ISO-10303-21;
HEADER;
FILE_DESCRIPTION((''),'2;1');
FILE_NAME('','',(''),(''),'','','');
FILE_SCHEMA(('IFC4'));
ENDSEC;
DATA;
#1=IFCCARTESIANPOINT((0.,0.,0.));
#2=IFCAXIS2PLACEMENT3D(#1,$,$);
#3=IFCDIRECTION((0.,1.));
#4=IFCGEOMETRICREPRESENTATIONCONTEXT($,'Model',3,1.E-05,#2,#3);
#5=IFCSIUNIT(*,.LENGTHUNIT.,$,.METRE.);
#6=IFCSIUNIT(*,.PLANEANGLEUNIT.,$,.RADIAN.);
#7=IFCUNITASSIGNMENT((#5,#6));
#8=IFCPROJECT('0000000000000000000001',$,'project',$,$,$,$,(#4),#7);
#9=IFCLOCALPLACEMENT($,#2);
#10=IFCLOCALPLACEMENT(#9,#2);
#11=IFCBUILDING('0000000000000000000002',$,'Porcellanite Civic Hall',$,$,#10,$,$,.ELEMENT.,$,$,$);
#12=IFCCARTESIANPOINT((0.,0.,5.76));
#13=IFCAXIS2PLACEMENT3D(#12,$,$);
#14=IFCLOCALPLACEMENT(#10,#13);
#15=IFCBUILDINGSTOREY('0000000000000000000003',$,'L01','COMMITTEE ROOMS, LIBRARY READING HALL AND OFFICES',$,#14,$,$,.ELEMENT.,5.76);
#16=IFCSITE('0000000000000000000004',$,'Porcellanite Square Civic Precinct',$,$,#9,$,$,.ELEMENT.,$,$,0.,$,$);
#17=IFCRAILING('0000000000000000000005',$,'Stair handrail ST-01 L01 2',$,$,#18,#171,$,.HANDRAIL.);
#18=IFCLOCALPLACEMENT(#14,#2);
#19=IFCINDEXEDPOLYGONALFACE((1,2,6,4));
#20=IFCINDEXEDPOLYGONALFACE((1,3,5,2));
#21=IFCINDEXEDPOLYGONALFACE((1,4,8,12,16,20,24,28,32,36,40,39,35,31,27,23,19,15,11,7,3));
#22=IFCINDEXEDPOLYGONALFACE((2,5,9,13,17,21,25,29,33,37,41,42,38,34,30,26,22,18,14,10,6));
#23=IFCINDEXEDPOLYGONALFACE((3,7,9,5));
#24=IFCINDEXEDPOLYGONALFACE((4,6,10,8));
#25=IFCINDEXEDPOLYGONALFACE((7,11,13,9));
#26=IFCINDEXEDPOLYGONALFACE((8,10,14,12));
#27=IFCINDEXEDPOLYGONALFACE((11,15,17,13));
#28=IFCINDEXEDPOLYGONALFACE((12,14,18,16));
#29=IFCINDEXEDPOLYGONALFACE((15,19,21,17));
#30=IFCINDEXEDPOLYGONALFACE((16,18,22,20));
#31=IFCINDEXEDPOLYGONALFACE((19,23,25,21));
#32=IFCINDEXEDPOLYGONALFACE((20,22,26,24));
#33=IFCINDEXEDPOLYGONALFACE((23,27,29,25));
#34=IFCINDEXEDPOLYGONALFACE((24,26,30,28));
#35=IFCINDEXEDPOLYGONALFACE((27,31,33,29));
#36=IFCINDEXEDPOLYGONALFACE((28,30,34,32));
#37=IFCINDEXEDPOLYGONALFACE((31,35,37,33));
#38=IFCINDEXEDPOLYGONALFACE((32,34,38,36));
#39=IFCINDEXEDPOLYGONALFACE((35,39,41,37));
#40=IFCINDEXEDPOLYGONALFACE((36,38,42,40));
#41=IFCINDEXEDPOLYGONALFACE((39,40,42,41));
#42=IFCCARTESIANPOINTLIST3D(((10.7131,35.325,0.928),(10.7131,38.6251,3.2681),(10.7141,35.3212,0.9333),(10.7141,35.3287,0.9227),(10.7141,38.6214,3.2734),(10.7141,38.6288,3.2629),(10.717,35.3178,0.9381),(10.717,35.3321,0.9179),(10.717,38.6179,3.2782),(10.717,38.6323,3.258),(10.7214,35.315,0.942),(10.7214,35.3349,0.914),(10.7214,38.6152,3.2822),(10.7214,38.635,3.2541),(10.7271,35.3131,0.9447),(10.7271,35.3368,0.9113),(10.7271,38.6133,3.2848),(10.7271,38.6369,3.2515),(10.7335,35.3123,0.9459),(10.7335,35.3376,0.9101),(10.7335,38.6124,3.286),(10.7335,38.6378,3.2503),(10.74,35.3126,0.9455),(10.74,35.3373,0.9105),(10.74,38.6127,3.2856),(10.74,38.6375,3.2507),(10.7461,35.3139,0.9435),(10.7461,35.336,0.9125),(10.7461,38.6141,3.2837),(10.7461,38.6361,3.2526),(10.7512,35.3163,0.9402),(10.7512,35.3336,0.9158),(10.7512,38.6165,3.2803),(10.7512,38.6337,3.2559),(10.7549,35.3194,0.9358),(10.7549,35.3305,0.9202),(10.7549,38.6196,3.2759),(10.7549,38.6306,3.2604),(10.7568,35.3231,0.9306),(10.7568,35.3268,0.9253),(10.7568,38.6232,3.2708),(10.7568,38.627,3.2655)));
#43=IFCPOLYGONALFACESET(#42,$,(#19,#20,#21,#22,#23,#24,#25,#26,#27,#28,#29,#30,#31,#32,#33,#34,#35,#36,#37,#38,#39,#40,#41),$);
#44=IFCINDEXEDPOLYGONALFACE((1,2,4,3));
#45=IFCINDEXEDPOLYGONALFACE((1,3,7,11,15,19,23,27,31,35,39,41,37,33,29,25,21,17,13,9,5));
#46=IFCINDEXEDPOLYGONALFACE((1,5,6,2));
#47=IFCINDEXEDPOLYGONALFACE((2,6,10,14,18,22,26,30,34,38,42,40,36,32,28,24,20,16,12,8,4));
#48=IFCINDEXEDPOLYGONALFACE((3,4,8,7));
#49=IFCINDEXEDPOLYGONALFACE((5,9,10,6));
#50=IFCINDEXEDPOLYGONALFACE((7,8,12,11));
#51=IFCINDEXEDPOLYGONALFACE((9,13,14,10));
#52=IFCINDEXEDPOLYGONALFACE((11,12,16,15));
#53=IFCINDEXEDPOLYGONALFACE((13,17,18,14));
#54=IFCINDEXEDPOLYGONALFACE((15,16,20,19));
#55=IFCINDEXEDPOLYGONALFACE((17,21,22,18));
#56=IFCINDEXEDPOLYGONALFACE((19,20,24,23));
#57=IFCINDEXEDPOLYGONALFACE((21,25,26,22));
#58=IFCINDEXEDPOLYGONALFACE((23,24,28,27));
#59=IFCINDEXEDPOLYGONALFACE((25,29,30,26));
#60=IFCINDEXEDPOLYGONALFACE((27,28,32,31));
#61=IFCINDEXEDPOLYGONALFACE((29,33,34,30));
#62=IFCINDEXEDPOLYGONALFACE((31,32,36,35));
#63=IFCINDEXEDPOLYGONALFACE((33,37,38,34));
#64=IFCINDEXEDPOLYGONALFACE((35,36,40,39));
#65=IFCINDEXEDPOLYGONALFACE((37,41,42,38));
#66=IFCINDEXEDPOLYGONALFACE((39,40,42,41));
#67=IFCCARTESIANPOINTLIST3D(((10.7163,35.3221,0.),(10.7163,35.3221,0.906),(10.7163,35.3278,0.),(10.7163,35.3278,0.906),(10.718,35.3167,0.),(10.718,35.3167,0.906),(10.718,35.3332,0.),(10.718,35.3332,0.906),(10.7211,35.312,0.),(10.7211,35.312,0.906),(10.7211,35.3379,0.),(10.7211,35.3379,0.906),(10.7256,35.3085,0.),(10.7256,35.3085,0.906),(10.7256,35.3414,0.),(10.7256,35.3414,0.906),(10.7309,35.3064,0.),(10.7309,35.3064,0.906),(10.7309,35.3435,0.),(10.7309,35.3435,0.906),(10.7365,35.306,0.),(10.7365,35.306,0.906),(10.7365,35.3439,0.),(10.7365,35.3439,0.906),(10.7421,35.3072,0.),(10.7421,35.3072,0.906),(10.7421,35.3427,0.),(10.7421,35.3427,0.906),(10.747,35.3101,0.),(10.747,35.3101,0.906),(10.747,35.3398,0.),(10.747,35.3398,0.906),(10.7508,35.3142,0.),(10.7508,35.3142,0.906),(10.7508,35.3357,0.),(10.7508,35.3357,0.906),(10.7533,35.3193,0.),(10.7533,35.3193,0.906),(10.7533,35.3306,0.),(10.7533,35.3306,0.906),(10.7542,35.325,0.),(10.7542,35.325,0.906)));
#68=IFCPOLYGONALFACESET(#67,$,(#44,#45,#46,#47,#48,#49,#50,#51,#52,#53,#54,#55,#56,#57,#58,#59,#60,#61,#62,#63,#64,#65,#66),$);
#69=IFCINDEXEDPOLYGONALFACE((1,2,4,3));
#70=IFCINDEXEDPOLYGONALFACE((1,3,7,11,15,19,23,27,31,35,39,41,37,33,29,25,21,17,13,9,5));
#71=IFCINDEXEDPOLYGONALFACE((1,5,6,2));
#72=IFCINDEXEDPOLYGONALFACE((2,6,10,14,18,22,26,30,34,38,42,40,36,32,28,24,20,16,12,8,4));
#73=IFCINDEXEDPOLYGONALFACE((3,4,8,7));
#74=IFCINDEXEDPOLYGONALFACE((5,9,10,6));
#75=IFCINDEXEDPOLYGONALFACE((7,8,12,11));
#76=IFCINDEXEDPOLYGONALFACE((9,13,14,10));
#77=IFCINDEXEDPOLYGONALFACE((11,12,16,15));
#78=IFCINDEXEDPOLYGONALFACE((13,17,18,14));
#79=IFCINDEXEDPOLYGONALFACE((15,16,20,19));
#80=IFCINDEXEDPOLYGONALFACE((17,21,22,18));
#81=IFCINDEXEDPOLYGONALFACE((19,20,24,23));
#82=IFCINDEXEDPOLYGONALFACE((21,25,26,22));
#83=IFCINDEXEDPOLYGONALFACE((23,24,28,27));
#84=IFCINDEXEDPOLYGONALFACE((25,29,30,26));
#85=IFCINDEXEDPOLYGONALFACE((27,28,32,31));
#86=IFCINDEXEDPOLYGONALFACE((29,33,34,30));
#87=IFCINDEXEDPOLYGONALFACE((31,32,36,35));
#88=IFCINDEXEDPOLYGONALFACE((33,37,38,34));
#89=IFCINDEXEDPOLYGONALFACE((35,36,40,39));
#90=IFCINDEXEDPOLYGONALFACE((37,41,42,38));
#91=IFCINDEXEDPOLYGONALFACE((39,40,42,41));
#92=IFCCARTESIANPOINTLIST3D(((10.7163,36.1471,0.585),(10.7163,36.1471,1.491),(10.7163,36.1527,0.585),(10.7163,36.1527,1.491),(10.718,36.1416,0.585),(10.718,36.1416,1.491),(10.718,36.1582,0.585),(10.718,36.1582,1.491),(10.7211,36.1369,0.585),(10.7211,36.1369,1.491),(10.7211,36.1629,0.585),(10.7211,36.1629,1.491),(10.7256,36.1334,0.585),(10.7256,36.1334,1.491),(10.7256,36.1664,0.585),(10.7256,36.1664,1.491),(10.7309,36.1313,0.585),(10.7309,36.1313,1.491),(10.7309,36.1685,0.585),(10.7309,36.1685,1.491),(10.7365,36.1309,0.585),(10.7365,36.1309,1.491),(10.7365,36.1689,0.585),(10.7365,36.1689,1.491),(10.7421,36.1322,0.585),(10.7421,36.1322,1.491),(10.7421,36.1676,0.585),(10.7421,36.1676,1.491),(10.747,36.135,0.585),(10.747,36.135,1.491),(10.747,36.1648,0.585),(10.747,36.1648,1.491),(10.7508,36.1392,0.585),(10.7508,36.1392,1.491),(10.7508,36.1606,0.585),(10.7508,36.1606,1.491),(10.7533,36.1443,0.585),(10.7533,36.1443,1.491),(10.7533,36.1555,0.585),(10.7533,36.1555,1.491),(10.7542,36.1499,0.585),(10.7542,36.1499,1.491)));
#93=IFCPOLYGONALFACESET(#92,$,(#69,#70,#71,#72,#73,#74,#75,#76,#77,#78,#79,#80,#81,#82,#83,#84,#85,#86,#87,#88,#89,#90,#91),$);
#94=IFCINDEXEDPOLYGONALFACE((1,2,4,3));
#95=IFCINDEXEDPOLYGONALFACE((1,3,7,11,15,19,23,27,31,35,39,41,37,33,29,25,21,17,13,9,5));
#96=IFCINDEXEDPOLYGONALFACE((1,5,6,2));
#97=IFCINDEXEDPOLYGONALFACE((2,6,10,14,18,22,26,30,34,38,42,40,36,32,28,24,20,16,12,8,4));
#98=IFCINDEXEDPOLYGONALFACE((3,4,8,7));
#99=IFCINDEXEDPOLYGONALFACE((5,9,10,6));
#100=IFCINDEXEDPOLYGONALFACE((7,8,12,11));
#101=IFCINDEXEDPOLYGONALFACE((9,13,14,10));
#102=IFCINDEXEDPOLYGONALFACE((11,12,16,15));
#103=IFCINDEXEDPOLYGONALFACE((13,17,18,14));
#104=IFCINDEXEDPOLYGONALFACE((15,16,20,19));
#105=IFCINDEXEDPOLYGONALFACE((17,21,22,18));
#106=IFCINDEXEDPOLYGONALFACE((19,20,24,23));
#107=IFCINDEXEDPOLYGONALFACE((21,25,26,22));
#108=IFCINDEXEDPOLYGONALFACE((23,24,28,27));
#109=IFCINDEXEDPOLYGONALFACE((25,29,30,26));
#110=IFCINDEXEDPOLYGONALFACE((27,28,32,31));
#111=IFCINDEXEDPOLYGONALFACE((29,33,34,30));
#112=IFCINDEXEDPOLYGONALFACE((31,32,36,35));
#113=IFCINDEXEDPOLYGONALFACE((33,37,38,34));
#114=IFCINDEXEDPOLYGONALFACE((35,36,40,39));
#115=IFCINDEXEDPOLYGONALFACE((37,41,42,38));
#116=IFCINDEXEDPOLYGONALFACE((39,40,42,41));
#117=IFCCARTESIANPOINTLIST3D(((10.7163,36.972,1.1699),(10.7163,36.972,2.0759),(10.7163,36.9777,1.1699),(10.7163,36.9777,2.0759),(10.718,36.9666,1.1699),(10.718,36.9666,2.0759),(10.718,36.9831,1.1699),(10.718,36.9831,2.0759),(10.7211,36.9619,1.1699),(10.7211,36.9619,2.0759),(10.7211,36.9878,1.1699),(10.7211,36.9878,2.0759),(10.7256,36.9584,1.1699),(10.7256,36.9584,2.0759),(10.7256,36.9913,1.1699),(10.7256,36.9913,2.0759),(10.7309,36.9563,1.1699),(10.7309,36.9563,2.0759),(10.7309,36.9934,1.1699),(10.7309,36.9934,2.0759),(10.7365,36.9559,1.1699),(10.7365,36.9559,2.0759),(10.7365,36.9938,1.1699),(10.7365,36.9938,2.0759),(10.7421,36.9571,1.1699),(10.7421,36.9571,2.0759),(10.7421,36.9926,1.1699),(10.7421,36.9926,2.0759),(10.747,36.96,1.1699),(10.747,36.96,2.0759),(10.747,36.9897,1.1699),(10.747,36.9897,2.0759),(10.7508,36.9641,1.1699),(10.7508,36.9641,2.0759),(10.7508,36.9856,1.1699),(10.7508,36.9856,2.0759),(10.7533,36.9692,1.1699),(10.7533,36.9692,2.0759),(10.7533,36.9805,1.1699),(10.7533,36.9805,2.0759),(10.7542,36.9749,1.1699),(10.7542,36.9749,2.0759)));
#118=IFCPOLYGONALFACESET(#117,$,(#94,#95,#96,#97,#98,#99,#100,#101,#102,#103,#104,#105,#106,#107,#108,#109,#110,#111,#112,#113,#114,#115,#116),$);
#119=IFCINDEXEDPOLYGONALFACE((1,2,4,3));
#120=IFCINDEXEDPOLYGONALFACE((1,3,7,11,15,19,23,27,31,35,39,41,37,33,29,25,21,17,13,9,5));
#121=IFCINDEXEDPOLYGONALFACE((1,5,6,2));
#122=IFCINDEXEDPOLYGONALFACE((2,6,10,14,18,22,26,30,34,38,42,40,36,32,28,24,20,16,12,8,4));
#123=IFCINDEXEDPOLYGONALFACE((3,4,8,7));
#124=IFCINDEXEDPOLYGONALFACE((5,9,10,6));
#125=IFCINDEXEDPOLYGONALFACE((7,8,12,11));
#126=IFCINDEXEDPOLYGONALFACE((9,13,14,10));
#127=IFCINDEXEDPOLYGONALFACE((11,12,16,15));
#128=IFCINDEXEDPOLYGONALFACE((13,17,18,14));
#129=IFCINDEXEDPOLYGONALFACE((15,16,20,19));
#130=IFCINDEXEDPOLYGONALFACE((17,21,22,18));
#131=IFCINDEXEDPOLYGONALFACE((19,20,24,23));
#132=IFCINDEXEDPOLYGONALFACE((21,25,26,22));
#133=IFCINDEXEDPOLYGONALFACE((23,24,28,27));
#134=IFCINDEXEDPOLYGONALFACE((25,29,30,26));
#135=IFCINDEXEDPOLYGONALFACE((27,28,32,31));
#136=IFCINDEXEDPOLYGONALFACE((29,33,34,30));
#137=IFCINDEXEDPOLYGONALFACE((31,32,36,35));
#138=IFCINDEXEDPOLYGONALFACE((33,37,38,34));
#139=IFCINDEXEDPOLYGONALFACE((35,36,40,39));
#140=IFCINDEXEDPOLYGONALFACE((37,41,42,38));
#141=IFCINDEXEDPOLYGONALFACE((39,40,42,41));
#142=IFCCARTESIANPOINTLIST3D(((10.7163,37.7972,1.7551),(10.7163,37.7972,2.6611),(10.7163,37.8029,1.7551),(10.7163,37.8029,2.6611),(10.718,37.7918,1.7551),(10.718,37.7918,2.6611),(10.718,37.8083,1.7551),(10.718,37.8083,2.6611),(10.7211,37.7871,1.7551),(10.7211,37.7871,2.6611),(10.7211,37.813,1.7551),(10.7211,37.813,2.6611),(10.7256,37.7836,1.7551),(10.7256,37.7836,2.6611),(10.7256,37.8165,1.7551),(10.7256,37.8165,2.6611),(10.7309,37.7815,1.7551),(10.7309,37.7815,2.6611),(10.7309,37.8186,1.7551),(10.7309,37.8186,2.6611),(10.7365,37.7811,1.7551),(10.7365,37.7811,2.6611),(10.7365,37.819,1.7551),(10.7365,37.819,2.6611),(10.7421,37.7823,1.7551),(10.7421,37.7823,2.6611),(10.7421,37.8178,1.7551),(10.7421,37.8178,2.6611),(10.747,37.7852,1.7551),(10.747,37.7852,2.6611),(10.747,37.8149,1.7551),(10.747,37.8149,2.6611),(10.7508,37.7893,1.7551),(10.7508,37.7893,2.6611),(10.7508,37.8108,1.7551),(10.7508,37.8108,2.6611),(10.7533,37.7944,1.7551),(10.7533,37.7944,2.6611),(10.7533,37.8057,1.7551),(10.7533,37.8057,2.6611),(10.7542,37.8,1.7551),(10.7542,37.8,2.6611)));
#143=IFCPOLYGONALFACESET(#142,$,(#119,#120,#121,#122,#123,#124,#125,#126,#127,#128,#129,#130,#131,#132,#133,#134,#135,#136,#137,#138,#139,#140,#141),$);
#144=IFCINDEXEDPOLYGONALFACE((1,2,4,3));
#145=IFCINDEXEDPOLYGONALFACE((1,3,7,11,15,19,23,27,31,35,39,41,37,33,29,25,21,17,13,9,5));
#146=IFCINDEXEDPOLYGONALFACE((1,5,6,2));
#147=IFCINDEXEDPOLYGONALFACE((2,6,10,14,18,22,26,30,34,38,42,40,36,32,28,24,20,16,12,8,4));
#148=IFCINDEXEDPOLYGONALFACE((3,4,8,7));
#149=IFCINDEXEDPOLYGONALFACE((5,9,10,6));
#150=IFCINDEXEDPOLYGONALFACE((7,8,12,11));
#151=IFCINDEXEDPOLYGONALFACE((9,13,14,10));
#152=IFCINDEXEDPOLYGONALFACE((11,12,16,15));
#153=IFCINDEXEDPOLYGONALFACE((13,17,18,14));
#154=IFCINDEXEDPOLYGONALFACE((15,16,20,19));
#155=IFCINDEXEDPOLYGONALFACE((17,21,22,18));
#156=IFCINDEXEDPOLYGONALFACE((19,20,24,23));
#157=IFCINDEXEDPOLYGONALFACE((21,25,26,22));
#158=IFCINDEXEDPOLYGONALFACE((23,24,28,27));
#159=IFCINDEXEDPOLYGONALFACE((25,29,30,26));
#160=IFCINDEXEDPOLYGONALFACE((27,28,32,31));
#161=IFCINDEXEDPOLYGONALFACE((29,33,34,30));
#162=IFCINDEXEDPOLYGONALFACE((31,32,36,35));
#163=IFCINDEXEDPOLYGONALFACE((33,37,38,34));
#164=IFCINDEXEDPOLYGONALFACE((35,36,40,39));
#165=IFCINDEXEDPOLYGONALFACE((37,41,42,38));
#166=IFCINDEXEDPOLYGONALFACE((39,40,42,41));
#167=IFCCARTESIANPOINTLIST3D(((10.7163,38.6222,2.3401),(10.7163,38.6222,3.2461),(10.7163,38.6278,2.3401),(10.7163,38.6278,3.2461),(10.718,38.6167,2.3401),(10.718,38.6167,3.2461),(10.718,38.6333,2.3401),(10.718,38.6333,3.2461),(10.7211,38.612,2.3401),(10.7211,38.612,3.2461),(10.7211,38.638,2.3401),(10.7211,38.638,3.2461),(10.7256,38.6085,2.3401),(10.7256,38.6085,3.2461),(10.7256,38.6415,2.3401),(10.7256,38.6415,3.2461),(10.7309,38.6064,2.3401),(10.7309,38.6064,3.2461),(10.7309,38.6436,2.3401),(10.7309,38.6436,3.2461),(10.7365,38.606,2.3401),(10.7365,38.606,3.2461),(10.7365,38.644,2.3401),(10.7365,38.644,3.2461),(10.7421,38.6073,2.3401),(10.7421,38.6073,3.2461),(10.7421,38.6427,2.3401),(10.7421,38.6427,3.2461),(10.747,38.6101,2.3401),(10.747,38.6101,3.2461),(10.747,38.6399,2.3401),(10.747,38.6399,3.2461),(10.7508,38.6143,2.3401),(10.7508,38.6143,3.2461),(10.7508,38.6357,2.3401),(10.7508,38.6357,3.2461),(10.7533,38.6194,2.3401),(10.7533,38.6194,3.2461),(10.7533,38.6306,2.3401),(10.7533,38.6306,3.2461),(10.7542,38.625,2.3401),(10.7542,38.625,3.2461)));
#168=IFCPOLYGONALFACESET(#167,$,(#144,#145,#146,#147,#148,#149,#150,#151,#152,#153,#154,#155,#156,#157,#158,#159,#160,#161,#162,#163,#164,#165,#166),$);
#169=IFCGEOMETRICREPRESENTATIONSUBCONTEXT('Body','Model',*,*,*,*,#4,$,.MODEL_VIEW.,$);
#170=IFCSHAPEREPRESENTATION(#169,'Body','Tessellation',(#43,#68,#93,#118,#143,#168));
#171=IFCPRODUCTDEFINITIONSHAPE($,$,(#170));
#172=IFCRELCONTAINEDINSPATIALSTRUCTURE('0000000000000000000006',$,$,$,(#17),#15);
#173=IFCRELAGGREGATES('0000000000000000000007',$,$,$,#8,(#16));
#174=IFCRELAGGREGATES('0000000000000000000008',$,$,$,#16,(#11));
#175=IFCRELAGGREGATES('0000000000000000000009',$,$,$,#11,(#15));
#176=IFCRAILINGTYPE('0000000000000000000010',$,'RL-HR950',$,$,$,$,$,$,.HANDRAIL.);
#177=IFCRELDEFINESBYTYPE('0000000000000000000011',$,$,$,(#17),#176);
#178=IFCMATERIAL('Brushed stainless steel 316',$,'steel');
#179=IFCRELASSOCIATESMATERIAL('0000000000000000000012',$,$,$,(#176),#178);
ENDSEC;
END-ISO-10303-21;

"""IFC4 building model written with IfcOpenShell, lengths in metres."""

from ifc_helpers import new_model, si_unit, direction, frame, origin, origin_2d, place, context, subcontext, project, spatial, circle, extrude, material, type_object, element, save


model = new_model("IFC4")

# Units and contexts
model_context = context("Model", 3, precision=1e-05, world=origin(), true_north=direction((0.0, 1.0)))
body_context = subcontext(model_context, "Body", "Model", "MODEL_VIEW")
ifc_project = project(units=[si_unit("LENGTHUNIT", "METRE"), si_unit("PLANEANGLEUNIT", "RADIAN")], contexts=[model_context])

# Site, building, storey
site_placement = place(None, origin())
site = spatial("IfcSite", under=ifc_project, at=site_placement, Name="Porcellanite Square Civic Precinct", CompositionType="ELEMENT", RefElevation=0.0)
building_placement = place(site_placement, origin())
building = spatial("IfcBuilding", under=site, at=building_placement, Name="Porcellanite Civic Hall", CompositionType="ELEMENT")
storey_placement = place(building_placement, frame((0.0, 0.0, 5.76)))
storey = spatial("IfcBuildingStorey", under=building, at=storey_placement, Name="L01", Description="COMMITTEE ROOMS, LIBRARY READING HALL AND OFFICES", CompositionType="ELEMENT", Elevation=5.76)

# Railing
ifc_material_1 = material(Name="Brushed stainless steel 316", Category="steel")
railing_type_1 = type_object("IfcRailingType", Name="RL-HR950", PredefinedType="HANDRAIL", material=ifc_material_1)
railing_1_placement = place(storey_placement, frame((10.7351, 35.325, 0.0)))
element("IfcRailing", 1, at=railing_1_placement, inside=storey, type_object=railing_type_1, Name="Stair handrail ST-01 L01 2", PredefinedType="HANDRAIL", context=body_context, shape_type="SweptSolid", body=[
    extrude(circle(Radius=0.022, at=origin_2d()), frame((0.0, 0.0, 0.928), z_axis=(0.0, 0.815727, 0.578438), x_axis=(-1.0, 0.0, 0.0)), (0.0, 0.0, 1.0), 4.0457),
    extrude(circle(Radius=0.019, at=origin_2d()), origin(), (0.0, 0.0, 1.0), 0.906),
    extrude(circle(Radius=0.019, at=origin_2d()), frame((0.0, 0.825, 0.585)), (0.0, 0.0, 1.0), 0.906),
    extrude(circle(Radius=0.019, at=origin_2d()), frame((0.0, 1.6499, 1.1699)), (0.0, 0.0, 1.0), 0.906),
    extrude(circle(Radius=0.019, at=origin_2d()), frame((0.0, 2.4751, 1.7551)), (0.0, 0.0, 1.0), 0.906),
    extrude(circle(Radius=0.019, at=origin_2d()), frame((0.0, 3.3, 2.3401)), (0.0, 0.0, 1.0), 0.906),
])

save(model, "model.ifc")
